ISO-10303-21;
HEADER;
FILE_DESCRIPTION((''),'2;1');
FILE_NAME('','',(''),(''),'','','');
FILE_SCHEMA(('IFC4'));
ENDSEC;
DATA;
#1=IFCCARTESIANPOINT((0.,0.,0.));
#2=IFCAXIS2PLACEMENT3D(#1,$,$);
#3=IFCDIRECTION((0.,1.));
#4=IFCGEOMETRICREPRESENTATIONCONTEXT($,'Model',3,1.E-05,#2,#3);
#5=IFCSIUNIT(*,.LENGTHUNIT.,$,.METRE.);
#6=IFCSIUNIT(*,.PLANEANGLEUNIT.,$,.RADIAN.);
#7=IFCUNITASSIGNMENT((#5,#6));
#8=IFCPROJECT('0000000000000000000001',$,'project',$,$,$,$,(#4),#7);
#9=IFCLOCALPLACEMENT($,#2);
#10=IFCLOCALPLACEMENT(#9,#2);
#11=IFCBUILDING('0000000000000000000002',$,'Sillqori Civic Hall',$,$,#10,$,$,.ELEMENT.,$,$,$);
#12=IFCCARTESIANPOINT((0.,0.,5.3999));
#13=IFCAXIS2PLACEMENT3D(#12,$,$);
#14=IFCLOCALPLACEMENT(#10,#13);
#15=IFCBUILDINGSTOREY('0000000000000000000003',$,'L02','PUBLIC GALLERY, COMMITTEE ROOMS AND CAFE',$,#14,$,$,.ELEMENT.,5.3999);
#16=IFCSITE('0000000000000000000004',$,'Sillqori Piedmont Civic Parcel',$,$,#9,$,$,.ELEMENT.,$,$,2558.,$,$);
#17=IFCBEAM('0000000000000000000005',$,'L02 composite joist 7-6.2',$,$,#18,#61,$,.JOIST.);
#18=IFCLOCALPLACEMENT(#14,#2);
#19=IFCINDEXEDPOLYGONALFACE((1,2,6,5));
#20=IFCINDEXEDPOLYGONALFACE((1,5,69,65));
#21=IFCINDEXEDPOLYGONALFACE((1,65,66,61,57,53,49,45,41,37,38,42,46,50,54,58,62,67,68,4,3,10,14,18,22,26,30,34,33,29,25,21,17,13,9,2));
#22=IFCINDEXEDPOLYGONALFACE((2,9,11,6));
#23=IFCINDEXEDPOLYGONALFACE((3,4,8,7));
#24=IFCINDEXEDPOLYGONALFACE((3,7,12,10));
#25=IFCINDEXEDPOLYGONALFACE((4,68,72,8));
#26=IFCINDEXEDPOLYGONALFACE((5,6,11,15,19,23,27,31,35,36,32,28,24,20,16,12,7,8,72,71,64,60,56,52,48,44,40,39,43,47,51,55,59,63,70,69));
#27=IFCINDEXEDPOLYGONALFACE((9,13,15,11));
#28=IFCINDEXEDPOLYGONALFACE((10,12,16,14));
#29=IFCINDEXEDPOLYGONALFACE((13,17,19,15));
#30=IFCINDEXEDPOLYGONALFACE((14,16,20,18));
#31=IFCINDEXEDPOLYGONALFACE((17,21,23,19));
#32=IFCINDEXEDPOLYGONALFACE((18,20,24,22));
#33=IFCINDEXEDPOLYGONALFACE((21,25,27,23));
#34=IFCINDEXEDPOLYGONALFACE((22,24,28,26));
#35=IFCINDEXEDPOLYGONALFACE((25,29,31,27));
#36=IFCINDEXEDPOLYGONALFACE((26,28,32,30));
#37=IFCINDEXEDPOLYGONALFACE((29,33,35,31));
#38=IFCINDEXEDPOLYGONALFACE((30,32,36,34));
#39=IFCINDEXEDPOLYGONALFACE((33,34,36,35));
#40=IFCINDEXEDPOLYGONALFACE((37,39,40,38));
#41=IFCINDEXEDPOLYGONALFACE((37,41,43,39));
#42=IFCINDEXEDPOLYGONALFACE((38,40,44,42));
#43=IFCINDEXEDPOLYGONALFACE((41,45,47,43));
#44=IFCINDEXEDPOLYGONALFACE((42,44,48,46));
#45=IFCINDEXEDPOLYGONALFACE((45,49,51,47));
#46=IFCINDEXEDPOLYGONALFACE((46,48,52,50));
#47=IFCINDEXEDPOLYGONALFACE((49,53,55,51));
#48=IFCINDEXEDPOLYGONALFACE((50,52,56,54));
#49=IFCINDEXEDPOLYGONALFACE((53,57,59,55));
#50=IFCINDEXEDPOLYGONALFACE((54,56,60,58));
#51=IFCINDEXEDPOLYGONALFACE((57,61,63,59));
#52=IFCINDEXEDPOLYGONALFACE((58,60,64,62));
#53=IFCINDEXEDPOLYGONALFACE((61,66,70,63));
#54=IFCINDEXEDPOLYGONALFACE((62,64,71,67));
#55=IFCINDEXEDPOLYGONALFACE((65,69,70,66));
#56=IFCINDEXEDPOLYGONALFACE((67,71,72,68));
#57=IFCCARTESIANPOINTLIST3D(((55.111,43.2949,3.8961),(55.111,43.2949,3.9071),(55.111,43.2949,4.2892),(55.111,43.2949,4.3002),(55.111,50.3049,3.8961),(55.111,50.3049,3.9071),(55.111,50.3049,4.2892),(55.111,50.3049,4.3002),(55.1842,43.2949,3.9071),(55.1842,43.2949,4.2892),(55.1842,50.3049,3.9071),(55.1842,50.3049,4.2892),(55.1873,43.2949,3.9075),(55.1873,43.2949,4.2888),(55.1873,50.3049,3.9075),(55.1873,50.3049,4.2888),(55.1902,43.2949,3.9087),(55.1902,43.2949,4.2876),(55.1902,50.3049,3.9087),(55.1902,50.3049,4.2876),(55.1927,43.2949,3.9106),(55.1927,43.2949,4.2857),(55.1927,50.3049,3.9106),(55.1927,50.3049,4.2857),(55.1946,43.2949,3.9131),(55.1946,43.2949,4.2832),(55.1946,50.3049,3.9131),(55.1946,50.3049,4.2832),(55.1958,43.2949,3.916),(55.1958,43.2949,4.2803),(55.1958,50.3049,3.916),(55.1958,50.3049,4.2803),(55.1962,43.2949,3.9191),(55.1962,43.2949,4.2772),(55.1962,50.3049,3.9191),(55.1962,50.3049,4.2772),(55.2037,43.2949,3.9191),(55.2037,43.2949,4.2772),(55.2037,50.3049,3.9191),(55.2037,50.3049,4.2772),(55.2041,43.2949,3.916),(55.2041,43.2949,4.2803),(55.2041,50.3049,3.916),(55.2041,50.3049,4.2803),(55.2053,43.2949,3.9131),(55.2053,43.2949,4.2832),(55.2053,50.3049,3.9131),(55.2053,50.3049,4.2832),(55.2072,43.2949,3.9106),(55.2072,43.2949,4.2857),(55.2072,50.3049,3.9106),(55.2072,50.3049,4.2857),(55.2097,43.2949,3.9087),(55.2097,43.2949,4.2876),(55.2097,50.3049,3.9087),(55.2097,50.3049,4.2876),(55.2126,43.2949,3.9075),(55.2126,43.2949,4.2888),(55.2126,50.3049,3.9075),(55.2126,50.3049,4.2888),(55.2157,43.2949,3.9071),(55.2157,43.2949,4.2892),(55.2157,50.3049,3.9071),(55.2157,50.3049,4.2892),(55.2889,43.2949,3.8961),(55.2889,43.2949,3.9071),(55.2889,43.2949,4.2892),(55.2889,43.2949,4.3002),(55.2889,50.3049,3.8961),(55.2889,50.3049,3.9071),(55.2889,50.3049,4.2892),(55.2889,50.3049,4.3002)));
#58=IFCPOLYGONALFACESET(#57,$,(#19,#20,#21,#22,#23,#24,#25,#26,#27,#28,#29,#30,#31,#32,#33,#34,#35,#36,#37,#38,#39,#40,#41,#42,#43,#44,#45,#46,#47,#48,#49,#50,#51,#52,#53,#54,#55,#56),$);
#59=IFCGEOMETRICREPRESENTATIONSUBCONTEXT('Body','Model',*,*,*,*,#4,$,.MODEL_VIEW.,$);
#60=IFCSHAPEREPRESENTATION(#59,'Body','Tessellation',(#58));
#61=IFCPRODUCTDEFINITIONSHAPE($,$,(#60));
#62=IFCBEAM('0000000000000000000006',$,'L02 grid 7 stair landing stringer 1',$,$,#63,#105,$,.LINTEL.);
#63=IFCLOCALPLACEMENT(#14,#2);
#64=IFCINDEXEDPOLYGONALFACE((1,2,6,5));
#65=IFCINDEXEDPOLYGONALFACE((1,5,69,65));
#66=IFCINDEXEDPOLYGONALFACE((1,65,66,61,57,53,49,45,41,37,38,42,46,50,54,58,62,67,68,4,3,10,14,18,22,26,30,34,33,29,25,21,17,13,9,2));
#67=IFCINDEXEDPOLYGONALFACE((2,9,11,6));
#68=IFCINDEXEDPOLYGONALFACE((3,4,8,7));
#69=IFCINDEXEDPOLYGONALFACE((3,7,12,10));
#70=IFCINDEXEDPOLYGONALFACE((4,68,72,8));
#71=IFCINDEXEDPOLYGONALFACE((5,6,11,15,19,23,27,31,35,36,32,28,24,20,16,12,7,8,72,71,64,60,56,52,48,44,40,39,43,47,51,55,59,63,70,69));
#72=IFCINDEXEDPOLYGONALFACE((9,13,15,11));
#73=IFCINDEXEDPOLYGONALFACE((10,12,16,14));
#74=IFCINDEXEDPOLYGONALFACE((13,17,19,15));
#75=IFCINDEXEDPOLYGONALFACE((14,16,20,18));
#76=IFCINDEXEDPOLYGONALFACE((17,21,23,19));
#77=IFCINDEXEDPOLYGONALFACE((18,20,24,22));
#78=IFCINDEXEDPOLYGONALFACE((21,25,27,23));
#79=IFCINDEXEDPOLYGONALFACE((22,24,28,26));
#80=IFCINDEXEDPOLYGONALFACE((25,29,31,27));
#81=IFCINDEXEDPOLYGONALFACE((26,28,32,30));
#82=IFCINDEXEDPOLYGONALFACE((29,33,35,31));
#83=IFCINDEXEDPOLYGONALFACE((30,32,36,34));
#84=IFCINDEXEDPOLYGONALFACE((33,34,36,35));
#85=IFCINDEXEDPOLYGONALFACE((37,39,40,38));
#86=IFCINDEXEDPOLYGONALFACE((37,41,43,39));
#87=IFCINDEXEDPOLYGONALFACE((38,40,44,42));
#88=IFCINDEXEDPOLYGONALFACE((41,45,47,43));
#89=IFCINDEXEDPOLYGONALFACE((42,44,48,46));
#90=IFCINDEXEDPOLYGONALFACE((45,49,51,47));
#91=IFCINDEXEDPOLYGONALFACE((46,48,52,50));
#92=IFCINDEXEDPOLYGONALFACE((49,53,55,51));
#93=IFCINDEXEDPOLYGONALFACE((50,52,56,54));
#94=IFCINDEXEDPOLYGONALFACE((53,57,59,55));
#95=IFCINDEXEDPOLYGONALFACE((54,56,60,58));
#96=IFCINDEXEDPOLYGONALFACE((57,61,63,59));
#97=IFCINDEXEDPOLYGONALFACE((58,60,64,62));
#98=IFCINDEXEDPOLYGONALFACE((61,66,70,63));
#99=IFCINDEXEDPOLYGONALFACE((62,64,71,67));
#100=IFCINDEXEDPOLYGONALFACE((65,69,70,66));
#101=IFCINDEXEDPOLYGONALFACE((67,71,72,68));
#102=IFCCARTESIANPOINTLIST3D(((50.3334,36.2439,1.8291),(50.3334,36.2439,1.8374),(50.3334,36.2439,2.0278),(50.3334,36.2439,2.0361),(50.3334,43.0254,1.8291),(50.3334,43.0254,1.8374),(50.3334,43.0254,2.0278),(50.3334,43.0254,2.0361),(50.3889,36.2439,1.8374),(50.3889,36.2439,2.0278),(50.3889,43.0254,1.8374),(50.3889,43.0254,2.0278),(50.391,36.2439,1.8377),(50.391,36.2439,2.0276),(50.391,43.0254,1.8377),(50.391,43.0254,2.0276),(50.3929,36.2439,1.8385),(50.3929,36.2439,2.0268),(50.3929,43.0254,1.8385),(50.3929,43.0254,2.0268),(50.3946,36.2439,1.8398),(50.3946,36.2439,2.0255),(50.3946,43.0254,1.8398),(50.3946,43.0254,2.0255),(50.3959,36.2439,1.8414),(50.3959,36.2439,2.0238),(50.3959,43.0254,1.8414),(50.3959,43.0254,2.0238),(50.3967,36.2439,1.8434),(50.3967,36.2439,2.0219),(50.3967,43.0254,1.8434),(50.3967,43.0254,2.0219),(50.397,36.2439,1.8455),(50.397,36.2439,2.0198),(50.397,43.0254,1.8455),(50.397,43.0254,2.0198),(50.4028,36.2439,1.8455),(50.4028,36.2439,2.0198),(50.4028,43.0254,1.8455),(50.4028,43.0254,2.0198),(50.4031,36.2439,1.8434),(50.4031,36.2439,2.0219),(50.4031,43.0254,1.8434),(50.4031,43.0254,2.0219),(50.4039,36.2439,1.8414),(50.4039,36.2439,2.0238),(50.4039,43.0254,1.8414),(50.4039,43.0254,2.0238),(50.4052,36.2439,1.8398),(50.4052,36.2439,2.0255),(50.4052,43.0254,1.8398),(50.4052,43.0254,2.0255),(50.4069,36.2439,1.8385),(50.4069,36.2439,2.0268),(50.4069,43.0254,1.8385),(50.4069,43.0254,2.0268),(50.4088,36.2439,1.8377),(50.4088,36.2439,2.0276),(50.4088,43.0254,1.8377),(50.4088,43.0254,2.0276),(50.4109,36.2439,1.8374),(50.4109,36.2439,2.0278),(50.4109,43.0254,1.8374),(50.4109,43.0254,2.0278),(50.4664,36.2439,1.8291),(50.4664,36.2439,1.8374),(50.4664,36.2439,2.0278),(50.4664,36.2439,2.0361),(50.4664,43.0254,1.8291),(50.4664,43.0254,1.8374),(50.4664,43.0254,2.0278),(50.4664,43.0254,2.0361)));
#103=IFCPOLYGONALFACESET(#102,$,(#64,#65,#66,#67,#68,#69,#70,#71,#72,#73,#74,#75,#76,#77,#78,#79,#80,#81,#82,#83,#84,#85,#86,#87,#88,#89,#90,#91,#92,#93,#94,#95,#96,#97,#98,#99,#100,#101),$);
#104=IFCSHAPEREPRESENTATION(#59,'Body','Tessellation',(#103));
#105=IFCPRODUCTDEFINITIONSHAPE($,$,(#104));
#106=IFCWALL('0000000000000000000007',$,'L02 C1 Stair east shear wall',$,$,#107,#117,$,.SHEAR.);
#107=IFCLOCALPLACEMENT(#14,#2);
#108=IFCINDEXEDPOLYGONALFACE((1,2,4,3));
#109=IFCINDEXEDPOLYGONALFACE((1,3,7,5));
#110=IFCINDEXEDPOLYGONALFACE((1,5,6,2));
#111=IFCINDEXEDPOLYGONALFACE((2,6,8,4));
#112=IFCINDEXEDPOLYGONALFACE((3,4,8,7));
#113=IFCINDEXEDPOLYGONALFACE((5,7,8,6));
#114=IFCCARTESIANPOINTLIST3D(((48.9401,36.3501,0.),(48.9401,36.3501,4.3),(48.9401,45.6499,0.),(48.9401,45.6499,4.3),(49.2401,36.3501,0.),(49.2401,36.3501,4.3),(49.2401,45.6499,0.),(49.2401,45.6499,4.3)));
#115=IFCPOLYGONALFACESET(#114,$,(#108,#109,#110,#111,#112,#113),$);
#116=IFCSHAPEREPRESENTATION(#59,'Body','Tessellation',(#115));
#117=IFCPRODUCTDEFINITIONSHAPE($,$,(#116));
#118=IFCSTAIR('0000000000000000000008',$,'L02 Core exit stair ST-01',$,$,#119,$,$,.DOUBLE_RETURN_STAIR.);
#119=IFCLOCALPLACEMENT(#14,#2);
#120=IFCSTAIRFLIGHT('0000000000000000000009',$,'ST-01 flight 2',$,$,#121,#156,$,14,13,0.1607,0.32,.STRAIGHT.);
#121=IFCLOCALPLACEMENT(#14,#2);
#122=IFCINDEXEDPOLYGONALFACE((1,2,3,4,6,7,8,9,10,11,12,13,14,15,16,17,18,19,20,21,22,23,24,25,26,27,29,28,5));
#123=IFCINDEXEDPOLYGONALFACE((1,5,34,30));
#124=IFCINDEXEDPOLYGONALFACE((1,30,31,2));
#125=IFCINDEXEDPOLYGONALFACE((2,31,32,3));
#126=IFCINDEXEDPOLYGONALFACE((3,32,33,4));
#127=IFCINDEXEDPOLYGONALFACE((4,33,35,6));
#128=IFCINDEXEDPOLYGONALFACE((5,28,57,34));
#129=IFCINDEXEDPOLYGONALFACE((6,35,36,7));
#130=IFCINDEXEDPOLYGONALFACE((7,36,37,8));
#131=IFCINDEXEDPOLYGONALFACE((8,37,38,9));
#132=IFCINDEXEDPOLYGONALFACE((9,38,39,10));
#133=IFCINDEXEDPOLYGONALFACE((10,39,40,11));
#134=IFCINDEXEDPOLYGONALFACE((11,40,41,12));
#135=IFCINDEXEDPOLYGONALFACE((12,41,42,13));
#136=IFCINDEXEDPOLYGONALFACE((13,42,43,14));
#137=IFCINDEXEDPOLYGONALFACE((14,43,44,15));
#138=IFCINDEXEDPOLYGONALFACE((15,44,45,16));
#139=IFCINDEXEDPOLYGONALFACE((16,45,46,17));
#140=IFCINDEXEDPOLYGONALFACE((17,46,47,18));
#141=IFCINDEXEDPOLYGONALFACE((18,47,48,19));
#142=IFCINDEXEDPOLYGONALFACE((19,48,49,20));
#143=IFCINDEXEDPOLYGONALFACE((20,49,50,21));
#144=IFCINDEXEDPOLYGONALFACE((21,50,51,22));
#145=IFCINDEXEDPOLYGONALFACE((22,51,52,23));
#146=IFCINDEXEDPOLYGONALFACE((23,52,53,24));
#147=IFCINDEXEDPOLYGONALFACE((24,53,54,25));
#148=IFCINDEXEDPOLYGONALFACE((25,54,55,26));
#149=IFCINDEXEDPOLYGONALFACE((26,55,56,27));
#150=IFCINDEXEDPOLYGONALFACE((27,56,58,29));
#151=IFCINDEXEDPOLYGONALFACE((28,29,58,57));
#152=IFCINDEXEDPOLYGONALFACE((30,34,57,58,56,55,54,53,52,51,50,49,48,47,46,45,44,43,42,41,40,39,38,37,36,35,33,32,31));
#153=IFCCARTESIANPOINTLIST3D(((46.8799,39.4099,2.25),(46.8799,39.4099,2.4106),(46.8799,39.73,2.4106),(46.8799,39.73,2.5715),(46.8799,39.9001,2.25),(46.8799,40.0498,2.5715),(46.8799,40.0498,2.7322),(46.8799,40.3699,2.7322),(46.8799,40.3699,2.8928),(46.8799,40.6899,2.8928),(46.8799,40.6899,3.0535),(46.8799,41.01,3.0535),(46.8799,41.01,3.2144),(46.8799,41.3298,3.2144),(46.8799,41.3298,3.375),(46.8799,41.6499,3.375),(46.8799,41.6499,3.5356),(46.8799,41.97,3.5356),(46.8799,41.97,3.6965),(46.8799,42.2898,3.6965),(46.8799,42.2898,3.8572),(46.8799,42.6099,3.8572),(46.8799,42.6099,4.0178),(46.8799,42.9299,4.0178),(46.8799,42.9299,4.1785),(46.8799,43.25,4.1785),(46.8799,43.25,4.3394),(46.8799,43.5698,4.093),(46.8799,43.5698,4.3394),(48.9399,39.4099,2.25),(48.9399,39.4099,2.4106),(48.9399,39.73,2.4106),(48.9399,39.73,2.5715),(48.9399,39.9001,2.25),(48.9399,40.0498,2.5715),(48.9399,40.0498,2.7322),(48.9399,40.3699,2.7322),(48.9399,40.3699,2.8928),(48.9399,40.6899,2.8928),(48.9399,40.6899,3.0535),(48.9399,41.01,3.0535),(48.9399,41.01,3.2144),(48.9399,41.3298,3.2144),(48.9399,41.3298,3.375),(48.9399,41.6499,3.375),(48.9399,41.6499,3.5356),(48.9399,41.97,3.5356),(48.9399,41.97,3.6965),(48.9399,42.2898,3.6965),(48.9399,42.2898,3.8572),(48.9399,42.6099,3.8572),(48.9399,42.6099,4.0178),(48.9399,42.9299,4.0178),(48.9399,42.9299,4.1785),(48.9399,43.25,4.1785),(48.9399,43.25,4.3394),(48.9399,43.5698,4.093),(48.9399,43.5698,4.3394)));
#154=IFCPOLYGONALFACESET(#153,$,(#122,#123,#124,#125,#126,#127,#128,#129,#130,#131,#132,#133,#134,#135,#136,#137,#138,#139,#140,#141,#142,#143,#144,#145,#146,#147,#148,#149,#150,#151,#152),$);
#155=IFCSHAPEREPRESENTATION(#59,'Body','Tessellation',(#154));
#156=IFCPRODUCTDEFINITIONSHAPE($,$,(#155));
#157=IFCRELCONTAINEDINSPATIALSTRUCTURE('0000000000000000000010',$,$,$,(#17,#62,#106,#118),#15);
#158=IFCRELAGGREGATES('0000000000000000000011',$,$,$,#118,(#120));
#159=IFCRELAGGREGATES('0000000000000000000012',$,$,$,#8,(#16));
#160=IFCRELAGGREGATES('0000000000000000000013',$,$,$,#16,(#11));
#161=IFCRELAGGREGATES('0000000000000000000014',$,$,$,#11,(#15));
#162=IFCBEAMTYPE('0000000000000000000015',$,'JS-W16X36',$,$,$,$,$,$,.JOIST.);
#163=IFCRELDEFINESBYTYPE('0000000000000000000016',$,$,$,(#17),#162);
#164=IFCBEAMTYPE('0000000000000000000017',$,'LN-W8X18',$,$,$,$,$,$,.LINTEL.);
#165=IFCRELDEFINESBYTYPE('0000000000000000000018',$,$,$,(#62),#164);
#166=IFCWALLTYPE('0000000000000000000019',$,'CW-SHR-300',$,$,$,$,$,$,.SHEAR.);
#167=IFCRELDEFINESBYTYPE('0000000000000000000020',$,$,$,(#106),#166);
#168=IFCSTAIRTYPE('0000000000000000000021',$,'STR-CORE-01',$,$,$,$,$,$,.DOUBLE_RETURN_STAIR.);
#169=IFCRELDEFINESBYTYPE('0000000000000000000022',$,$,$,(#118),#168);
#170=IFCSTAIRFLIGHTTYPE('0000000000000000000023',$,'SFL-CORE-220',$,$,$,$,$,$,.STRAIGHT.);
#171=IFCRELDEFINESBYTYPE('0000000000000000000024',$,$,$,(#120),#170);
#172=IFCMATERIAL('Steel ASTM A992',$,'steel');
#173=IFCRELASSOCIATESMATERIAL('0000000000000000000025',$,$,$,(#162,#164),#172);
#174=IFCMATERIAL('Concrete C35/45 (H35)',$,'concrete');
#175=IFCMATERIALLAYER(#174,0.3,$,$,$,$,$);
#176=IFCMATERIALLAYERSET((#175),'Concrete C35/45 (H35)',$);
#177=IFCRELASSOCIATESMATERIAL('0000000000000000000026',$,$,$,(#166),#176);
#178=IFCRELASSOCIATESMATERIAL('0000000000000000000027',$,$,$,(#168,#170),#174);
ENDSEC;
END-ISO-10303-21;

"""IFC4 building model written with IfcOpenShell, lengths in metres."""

from ifc_helpers import new_model, si_unit, direction, frame, frame_2d, origin, origin_2d, place, context, subcontext, project, spatial, polyline, rectangle, i_section, outline, extrude, material, layer, layer_set, material_profile, profile_set, type_object, element, aggregate, save


model = new_model("IFC4")

# Units and contexts
model_context = context("Model", 3, precision=1e-05, world=origin(), true_north=direction((0.0, 1.0)))
body_context = subcontext(model_context, "Body", "Model", "MODEL_VIEW")
ifc_project = project(units=[si_unit("LENGTHUNIT", "METRE"), si_unit("PLANEANGLEUNIT", "RADIAN")], contexts=[model_context])

# Site, building, storey
site_placement = place(None, origin())
site = spatial("IfcSite", under=ifc_project, at=site_placement, Name="Sillqori Piedmont Civic Parcel", CompositionType="ELEMENT", RefElevation=2558.0)
building_placement = place(site_placement, origin())
building = spatial("IfcBuilding", under=site, at=building_placement, Name="Sillqori Civic Hall", CompositionType="ELEMENT")
storey_placement = place(building_placement, frame((0.0, 0.0, 5.3999)))
storey = spatial("IfcBuildingStorey", under=building, at=storey_placement, Name="L02", Description="PUBLIC GALLERY, COMMITTEE ROOMS AND CAFE", CompositionType="ELEMENT", Elevation=5.3999)

# Shared definitions
ifc_material_1 = material(Name="Concrete C35/45 (H35)", Category="concrete")
ifc_material_2 = material(Name="Steel ASTM A992", Category="steel")

# Beams
ifc_material_profile_1 = material_profile(ifc_material_2, i_section(OverallWidth=0.178, OverallDepth=0.4041, WebThickness=0.0076, FlangeThickness=0.011, FilletRadius=0.012, at=origin_2d()), Name="W16X36")
ifc_profile_set_1 = profile_set([ifc_material_profile_1], Name="Steel ASTM A992")
beam_type_1 = type_object("IfcBeamType", Name="JS-W16X36", PredefinedType="JOIST", material=ifc_profile_set_1)
for number, where, z_axis, x_axis, name in (
    (1, (55.2, 43.2949, 4.0981), (0.0, 1.0, 0.0), (-1.0, 0.0, 0.0), "L02 composite joist 7-6.2"),
):
    element("IfcBeam", number, at=place(storey_placement, frame(where, z_axis=z_axis, x_axis=x_axis)), inside=storey, type_object=beam_type_1, Name=name, PredefinedType="JOIST", context=body_context, shape_type="SweptSolid", body=[
        extrude(i_section(OverallWidth=0.178, OverallDepth=0.4041, WebThickness=0.0076, FlangeThickness=0.011, FilletRadius=0.012, at=origin_2d()), origin(), (0.0, 0.0, 1.0), 7.01),
    ])
ifc_material_profile_2 = material_profile(ifc_material_2, i_section(OverallWidth=0.1331, OverallDepth=0.207, WebThickness=0.0059, FlangeThickness=0.0083, FilletRadius=0.0081, at=origin_2d()), Name="W8X18")
ifc_profile_set_2 = profile_set([ifc_material_profile_2], Name="Steel ASTM A992")
beam_type_2 = type_object("IfcBeamType", Name="LN-W8X18", PredefinedType="LINTEL", material=ifc_profile_set_2)
beam_1_placement = place(storey_placement, frame((50.3999, 36.2439, 1.9326), z_axis=(0.0, 1.0, 0.0), x_axis=(-1.0, 0.0, 0.0)))
element("IfcBeam", 2, at=beam_1_placement, inside=storey, type_object=beam_type_2, Name="L02 grid 7 stair landing stringer 1", PredefinedType="LINTEL", context=body_context, shape_type="SweptSolid", body=[
    extrude(i_section(OverallWidth=0.1331, OverallDepth=0.207, WebThickness=0.0059, FlangeThickness=0.0083, FilletRadius=0.0081, at=origin_2d()), origin(), (0.0, 0.0, 1.0), 6.7815),
])

# Wall
ifc_layer_1 = layer(ifc_material_1, 0.3)
ifc_layer_set_1 = layer_set([ifc_layer_1], Name="Concrete C35/45 (H35)")
wall_type = type_object("IfcWallType", Name="CW-SHR-300", PredefinedType="SHEAR", material=ifc_layer_set_1)
wall_placement = place(storey_placement, frame((49.0901, 36.3501, 0.0), z_axis=(0.0, 0.0, 1.0), x_axis=(0.0, 1.0, 0.0)))
element("IfcWall", 3, at=wall_placement, inside=storey, type_object=wall_type, Name="L02 C1 Stair east shear wall", PredefinedType="SHEAR", context=body_context, shape_type="SweptSolid", body=[
    extrude(rectangle(XDim=9.2998, YDim=0.3, at=frame_2d((4.6499, 0.0))), origin(), (0.0, 0.0, 1.0), 4.3),
])

# Stair, stair flight
stair_type = type_object("IfcStairType", Name="STR-CORE-01", PredefinedType="DOUBLE_RETURN_STAIR", material=ifc_material_1)
stair_placement = place(storey_placement, origin())
stair = element("IfcStair", 4, at=stair_placement, inside=storey, type_object=stair_type, Name="L02 Core exit stair ST-01", PredefinedType="DOUBLE_RETURN_STAIR")
stair_flight_type = type_object("IfcStairFlightType", Name="SFL-CORE-220", PredefinedType="STRAIGHT", material=ifc_material_1)
stair_flight_placement = place(storey_placement, frame((47.9099, 39.4099, 2.25), z_axis=(0.0, 0.0, 1.0), x_axis=(0.0, 1.0, 0.0)))
stair_flight = element("IfcStairFlight", 5, at=stair_flight_placement, type_object=stair_flight_type, Name="ST-01 flight 2", NumberOfRisers=14, NumberOfTreads=13, PredefinedType="STRAIGHT", RiserHeight=0.1607, TreadLength=0.32, context=body_context, shape_type="SweptSolid", body=[
    extrude(outline(polyline([(0.0, 0.0), (0.0, 0.1606), (0.3201, 0.1606), (0.3201, 0.3215), (0.6399, 0.3215), (0.6399, 0.4822), (0.96, 0.4822), (0.96, 0.6428), (1.28, 0.6428), (1.28, 0.8035), (1.6001, 0.8035), (1.6001, 0.9644), (1.9199, 0.9644), (1.9199, 1.125), (2.24, 1.125), (2.24, 1.2856), (2.5601, 1.2856), (2.5601, 1.4465), (2.8799, 1.4465), (2.8799, 1.6072), (3.2, 1.6072), (3.2, 1.7678), (3.52, 1.7678), (3.52, 1.9285), (3.8401, 1.9285), (3.8401, 2.0894), (4.1599, 2.0894), (4.1599, 2.25), (4.1599, 1.843), (0.4902, 0.0), (0.0, 0.0)])), frame((0.0, 1.03, 0.0), z_axis=(0.0, -1.0, 0.0), x_axis=(1.0, 0.0, 0.0)), (0.0, 0.0, 1.0), 2.0601),
])
aggregate(stair, [stair_flight])

save(model, "model.ifc")
